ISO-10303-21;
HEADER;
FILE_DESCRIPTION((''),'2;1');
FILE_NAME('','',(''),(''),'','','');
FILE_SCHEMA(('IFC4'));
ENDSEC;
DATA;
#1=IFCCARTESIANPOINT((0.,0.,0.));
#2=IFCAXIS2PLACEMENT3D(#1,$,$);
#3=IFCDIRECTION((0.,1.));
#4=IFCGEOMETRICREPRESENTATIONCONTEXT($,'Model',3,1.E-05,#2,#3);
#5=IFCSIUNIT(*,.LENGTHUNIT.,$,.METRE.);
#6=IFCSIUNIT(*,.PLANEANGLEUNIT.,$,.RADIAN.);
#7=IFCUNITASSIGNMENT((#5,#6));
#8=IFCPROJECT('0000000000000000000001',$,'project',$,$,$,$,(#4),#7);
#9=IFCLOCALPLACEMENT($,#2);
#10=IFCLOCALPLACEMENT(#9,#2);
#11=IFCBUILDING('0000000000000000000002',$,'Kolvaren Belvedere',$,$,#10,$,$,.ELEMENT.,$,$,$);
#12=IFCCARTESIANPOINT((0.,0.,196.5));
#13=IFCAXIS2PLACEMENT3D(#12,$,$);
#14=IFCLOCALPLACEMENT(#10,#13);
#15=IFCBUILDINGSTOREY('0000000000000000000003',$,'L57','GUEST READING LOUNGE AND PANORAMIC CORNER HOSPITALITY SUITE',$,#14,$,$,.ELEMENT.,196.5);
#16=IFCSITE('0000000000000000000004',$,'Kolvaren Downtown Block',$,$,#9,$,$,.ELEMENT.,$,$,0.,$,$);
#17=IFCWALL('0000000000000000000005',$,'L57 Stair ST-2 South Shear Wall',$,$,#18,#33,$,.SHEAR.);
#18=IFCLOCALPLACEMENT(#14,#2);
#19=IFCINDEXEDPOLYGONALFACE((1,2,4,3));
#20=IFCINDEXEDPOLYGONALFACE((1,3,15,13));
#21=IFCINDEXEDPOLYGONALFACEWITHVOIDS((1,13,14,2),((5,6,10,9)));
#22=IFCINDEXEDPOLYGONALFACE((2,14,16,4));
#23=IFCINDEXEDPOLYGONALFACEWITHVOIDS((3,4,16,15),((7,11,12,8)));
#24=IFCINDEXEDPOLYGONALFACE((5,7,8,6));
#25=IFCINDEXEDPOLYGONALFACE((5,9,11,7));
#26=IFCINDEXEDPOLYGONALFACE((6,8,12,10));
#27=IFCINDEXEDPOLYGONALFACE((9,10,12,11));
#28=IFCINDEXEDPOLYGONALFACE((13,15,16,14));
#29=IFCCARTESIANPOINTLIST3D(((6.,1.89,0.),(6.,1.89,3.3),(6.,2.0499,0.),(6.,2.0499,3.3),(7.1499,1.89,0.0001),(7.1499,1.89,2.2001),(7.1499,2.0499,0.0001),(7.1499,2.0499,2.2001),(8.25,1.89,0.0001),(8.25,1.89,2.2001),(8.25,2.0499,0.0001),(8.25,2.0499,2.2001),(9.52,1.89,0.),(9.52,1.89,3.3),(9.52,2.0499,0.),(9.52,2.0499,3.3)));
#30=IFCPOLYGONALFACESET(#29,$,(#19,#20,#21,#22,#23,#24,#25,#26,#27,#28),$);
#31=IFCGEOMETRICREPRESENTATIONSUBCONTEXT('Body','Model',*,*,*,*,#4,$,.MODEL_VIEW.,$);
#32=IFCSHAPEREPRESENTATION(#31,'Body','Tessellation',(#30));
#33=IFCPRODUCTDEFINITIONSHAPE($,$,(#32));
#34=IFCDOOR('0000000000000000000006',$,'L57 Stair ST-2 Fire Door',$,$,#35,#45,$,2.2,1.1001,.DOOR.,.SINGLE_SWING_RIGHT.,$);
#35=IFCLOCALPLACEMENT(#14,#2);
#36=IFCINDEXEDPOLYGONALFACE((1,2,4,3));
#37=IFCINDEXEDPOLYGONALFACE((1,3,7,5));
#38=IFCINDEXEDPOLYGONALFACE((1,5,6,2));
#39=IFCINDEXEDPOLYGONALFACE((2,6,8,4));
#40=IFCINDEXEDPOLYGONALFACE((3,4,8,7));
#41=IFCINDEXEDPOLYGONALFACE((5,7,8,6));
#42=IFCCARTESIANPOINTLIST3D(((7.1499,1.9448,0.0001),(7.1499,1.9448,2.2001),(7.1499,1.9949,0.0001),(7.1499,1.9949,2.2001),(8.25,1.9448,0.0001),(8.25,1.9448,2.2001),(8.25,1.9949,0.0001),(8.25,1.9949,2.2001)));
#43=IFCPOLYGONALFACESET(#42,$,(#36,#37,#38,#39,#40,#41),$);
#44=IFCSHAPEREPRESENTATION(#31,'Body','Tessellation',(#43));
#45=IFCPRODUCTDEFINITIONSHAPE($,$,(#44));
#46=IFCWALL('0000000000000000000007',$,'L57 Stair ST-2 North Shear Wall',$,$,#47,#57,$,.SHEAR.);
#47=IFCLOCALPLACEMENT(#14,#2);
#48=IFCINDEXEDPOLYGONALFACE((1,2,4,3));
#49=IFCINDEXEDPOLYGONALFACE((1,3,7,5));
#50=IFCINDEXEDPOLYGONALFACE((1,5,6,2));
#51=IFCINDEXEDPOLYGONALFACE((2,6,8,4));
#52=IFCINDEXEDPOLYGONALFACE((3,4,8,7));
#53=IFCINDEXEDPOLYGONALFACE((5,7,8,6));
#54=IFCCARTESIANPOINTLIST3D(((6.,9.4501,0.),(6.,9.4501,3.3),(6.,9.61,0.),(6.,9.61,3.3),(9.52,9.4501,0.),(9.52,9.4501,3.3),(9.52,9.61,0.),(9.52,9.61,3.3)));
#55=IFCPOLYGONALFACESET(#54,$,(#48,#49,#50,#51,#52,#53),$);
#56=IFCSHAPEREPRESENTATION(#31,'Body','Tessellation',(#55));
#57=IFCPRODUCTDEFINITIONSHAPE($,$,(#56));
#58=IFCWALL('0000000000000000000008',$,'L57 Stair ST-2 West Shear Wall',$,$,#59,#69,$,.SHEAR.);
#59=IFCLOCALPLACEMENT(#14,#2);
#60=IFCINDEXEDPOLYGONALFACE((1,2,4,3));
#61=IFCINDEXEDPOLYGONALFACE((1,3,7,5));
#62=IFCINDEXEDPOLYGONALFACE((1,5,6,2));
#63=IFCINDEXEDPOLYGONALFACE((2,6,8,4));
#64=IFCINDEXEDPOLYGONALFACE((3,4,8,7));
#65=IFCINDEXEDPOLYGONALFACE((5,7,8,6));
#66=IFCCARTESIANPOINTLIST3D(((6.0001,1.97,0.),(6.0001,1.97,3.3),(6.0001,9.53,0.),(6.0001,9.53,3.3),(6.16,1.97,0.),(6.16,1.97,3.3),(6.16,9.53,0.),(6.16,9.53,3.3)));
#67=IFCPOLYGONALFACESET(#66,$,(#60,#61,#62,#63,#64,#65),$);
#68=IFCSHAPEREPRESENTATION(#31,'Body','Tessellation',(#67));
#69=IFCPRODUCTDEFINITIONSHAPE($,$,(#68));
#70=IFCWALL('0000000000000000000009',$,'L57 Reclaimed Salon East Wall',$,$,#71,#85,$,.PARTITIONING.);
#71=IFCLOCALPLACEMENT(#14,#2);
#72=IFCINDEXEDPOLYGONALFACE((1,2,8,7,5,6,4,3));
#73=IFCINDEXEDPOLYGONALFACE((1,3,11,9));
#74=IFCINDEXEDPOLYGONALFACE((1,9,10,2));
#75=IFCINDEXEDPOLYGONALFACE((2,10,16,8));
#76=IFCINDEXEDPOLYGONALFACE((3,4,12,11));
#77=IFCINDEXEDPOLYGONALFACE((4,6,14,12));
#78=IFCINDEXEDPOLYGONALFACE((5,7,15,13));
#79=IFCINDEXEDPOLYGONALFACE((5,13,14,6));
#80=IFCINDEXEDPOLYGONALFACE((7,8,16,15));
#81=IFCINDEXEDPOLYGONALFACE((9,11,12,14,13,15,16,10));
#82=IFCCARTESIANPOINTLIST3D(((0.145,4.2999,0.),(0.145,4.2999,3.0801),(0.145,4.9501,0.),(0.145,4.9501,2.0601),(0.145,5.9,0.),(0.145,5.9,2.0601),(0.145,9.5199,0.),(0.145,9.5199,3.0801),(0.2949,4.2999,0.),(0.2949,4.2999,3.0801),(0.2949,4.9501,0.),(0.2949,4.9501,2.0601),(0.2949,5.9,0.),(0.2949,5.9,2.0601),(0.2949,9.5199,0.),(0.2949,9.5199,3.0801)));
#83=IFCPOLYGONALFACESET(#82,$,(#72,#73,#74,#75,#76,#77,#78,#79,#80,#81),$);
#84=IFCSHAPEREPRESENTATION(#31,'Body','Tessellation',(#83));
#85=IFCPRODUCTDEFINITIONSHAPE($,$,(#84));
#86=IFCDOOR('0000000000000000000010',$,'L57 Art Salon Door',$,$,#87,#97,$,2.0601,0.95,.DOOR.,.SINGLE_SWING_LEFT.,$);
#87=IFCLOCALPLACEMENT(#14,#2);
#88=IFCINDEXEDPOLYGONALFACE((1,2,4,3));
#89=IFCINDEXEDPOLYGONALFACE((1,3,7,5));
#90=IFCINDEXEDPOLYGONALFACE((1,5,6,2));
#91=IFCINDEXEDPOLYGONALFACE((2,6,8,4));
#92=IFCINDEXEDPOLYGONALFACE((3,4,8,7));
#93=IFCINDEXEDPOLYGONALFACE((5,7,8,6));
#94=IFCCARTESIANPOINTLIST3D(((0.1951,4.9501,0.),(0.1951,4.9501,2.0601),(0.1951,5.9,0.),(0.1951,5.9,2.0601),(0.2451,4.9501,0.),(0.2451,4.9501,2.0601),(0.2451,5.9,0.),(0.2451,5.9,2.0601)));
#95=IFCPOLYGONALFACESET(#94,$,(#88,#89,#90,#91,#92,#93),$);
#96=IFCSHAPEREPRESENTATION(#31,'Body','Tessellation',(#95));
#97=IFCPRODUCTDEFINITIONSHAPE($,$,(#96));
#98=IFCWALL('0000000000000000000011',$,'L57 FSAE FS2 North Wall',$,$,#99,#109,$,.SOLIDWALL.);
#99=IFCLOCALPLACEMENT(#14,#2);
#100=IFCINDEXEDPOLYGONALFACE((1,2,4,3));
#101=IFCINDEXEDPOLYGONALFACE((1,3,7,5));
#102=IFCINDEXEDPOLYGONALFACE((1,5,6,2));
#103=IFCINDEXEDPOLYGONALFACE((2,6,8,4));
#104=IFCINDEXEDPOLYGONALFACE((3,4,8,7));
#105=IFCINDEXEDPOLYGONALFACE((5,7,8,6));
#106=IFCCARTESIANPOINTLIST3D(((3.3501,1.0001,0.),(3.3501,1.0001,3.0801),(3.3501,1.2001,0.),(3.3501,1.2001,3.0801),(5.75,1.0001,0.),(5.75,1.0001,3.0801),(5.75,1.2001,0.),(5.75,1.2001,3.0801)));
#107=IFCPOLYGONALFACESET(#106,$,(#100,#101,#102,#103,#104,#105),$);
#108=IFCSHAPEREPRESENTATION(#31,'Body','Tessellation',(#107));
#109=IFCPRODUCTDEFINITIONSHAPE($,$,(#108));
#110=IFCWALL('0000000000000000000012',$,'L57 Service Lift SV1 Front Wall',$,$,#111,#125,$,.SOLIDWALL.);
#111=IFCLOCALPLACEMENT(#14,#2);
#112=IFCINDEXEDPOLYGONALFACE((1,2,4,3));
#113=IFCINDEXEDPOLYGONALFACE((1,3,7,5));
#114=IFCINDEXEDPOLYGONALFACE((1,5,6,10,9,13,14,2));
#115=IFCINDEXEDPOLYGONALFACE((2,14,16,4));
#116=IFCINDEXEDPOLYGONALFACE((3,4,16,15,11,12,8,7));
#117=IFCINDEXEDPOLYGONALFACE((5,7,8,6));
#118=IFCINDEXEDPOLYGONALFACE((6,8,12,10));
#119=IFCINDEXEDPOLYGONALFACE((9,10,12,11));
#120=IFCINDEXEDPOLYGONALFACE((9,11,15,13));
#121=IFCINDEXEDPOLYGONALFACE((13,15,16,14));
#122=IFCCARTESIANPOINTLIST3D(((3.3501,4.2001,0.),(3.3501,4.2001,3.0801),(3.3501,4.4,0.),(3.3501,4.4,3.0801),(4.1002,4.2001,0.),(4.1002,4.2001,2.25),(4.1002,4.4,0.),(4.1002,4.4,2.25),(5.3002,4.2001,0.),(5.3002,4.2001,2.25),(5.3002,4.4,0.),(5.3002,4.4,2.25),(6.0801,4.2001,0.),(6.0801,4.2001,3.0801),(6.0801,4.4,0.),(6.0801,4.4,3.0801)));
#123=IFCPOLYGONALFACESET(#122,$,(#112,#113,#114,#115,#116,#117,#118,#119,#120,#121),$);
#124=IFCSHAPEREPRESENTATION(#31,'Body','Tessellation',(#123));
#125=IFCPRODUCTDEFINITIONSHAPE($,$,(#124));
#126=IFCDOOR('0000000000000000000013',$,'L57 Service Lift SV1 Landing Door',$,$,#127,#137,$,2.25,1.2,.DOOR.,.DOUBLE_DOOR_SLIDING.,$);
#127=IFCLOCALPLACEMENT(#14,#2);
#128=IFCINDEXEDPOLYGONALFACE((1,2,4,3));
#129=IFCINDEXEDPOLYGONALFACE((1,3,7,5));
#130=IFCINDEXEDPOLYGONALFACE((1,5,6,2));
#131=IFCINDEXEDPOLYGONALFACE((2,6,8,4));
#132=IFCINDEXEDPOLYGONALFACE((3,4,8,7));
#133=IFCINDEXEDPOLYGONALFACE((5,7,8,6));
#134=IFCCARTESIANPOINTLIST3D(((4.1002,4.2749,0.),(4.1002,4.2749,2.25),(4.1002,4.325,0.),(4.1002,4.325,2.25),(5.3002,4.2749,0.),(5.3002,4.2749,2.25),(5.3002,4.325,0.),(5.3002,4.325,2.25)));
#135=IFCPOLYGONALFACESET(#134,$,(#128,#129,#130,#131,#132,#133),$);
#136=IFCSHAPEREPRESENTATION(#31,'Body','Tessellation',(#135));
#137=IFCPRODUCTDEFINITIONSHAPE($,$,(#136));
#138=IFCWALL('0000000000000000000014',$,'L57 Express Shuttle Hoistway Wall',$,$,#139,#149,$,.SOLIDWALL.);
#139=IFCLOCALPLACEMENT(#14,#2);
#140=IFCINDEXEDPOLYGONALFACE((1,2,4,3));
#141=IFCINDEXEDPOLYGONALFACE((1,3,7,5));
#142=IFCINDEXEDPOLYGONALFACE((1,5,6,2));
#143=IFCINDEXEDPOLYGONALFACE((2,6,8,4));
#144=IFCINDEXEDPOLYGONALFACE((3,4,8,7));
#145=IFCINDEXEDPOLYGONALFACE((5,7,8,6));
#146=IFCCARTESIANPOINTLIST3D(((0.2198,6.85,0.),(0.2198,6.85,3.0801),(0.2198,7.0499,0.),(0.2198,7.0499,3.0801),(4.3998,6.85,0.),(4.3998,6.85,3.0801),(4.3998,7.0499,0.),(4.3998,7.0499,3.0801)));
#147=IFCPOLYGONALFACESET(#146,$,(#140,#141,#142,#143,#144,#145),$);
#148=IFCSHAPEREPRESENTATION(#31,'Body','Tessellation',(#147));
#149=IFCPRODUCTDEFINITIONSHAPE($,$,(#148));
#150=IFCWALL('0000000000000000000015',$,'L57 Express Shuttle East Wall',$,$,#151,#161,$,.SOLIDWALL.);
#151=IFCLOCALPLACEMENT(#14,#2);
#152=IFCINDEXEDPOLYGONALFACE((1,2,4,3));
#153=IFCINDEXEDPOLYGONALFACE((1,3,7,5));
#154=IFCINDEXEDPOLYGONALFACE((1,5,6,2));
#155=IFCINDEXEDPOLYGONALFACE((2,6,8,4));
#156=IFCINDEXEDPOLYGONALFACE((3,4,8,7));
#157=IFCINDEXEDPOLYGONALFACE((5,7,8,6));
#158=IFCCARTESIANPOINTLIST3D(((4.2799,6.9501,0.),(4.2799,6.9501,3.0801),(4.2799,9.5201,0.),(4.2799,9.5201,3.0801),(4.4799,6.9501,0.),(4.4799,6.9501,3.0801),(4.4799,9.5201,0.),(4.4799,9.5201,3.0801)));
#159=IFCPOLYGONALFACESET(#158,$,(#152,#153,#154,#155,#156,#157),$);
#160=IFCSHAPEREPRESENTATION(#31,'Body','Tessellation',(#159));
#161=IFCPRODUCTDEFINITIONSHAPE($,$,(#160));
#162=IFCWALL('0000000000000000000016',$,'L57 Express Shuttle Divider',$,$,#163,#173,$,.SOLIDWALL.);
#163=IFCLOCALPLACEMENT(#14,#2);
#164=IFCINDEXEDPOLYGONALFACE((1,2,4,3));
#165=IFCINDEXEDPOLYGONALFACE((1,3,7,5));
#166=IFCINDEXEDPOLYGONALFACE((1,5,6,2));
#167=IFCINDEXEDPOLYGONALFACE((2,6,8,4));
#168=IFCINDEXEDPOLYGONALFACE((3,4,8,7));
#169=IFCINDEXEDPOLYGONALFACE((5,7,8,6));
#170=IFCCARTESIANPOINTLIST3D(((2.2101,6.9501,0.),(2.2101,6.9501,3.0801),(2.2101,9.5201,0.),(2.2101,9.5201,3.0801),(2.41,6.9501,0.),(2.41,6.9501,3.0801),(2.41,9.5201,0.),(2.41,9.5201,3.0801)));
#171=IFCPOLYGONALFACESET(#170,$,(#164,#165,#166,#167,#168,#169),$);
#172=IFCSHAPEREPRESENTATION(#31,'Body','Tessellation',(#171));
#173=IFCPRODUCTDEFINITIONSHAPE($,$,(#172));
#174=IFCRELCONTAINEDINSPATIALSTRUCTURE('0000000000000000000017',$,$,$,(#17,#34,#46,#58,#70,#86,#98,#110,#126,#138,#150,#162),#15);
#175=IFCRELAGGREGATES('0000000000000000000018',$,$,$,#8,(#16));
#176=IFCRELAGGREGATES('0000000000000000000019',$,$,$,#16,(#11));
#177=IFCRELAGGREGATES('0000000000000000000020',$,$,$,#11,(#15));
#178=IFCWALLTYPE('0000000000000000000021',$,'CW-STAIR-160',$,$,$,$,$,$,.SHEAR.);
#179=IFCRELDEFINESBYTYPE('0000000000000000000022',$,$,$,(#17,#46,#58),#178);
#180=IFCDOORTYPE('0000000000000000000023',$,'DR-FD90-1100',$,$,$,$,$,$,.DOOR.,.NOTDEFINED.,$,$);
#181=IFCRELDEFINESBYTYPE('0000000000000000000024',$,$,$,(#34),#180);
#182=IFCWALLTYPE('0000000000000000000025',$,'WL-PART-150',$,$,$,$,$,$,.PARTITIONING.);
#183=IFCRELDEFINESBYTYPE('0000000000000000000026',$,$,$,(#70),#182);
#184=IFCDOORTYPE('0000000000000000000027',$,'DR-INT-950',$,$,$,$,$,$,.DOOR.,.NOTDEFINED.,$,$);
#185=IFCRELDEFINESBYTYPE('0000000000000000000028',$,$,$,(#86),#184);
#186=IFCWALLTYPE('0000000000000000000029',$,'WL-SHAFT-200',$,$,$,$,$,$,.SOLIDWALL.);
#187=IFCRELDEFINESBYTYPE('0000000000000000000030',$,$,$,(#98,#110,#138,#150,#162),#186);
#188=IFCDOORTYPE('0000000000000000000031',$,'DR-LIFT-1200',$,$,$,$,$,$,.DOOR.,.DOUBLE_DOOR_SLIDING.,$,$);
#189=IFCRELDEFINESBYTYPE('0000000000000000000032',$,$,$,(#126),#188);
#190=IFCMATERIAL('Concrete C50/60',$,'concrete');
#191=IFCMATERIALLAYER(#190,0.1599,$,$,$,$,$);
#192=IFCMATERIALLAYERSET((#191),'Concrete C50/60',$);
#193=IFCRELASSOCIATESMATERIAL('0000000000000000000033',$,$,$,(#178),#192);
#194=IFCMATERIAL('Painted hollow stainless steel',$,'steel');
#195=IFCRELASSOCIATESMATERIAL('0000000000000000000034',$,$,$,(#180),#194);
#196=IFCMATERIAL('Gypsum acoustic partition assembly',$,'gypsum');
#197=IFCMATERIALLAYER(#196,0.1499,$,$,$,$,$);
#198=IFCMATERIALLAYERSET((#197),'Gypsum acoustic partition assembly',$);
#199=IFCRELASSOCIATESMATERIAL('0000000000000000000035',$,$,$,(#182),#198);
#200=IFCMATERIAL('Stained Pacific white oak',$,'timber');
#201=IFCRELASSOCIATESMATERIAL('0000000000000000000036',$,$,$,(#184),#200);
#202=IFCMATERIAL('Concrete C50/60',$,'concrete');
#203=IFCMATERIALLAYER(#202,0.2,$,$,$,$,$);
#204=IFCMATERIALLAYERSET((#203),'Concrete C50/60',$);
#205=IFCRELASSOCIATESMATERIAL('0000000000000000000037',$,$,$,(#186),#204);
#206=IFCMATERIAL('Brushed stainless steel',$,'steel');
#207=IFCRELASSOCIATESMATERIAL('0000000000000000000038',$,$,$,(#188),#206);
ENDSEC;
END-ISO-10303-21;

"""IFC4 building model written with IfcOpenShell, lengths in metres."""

from ifc_helpers import new_model, si_unit, direction, frame, frame_2d, origin, place, context, subcontext, project, spatial, rectangle, extrude, material, layer, layer_set, type_object, element, fill, save


model = new_model("IFC4")

# Units and contexts
model_context = context("Model", 3, precision=1e-05, world=origin(), true_north=direction((0.0, 1.0)))
body_context = subcontext(model_context, "Body", "Model", "MODEL_VIEW")
ifc_project = project(units=[si_unit("LENGTHUNIT", "METRE"), si_unit("PLANEANGLEUNIT", "RADIAN")], contexts=[model_context])

# Site, building, storey
site_placement = place(None, origin())
site = spatial("IfcSite", under=ifc_project, at=site_placement, Name="Kolvaren Downtown Block", CompositionType="ELEMENT", RefElevation=0.0)
building_placement = place(site_placement, origin())
building = spatial("IfcBuilding", under=site, at=building_placement, Name="Kolvaren Belvedere", CompositionType="ELEMENT")
storey_placement = place(building_placement, frame((0.0, 0.0, 196.5)))
storey = spatial("IfcBuildingStorey", under=building, at=storey_placement, Name="L57", Description="GUEST READING LOUNGE AND PANORAMIC CORNER HOSPITALITY SUITE", CompositionType="ELEMENT", Elevation=196.5)

# Wall, opening, door
ifc_material_1 = material(Name="Concrete C50/60", Category="concrete")
ifc_layer_1 = layer(ifc_material_1, 0.1599)
ifc_layer_set_1 = layer_set([ifc_layer_1], Name="Concrete C50/60")
wall_type_1 = type_object("IfcWallType", Name="CW-STAIR-160", PredefinedType="SHEAR", material=ifc_layer_set_1)
wall_1_placement = place(storey_placement, frame((6.0, 1.97, 0.0), z_axis=(0.0, 0.0, 1.0), x_axis=(1.0, 0.0, 0.0)))
wall_1 = element("IfcWall", 1, at=wall_1_placement, inside=storey, type_object=wall_type_1, Name="L57 Stair ST-2 South Shear Wall", PredefinedType="SHEAR", context=body_context, shape_type="SweptSolid", body=[
    extrude(rectangle(XDim=3.52, YDim=0.1599, at=frame_2d((1.76, 0.0))), origin(), (0.0, 0.0, 1.0), 3.3),
])
opening_1_placement = place(wall_1_placement, frame((1.1499, 0.0, 0.0)))
opening_1 = element("IfcOpeningElement", 2, at=opening_1_placement, cuts=wall_1, PredefinedType="OPENING", context=body_context, shape_type="SweptSolid", body=[
    extrude(rectangle(XDim=1.1001, YDim=2.2, at=frame_2d((0.55, 1.1001))), frame((0.0, 0.0898, 0.0), z_axis=(0.0, -1.0, 0.0), x_axis=(1.0, 0.0, 0.0)), (0.0, 0.0, 1.0), 0.1799),
])
ifc_material_2 = material(Name="Painted hollow stainless steel", Category="steel")
door_type_1 = type_object("IfcDoorType", Name="DR-FD90-1100", OperationType="NOTDEFINED", PredefinedType="DOOR", material=ifc_material_2)
door_1_placement = place(opening_1_placement, origin())
door_1 = element("IfcDoor", 3, at=door_1_placement, inside=storey, type_object=door_type_1, Name="L57 Stair ST-2 Fire Door", OperationType="SINGLE_SWING_RIGHT", OverallHeight=2.2, OverallWidth=1.1001, PredefinedType="DOOR", context=body_context, shape_type="SweptSolid", body=[
    extrude(rectangle(XDim=1.1001, YDim=2.2, at=frame_2d((0.55, 1.1001))), frame((0.0, 0.0249, 0.0), z_axis=(0.0, -1.0, 0.0), x_axis=(1.0, 0.0, 0.0)), (0.0, 0.0, 1.0), 0.05),
])
fill(opening_1, door_1)

# Walls
wall_2_placement = place(storey_placement, frame((6.0, 9.53, 0.0), z_axis=(0.0, 0.0, 1.0), x_axis=(1.0, 0.0, 0.0)))
element("IfcWall", 4, at=wall_2_placement, inside=storey, type_object=wall_type_1, Name="L57 Stair ST-2 North Shear Wall", PredefinedType="SHEAR", context=body_context, shape_type="SweptSolid", body=[
    extrude(rectangle(XDim=3.52, YDim=0.1599, at=frame_2d((1.76, 0.0))), origin(), (0.0, 0.0, 1.0), 3.3),
])
wall_3_placement = place(storey_placement, frame((6.0801, 1.97, 0.0), z_axis=(0.0, 0.0, 1.0), x_axis=(0.0, 1.0, 0.0)))
element("IfcWall", 5, at=wall_3_placement, inside=storey, type_object=wall_type_1, Name="L57 Stair ST-2 West Shear Wall", PredefinedType="SHEAR", context=body_context, shape_type="SweptSolid", body=[
    extrude(rectangle(XDim=7.5601, YDim=0.1599, at=frame_2d((3.78, 0.0))), origin(), (0.0, 0.0, 1.0), 3.3),
])

# Wall, opening, door
ifc_material_3 = material(Name="Gypsum acoustic partition assembly", Category="gypsum")
ifc_layer_2 = layer(ifc_material_3, 0.1499)
ifc_layer_set_2 = layer_set([ifc_layer_2], Name="Gypsum acoustic partition assembly")
wall_type_2 = type_object("IfcWallType", Name="WL-PART-150", PredefinedType="PARTITIONING", material=ifc_layer_set_2)
wall_4_placement = place(storey_placement, frame((0.22, 4.3, 0.0), z_axis=(0.0, 0.0, 1.0), x_axis=(0.0, 1.0, 0.0)))
wall_4 = element("IfcWall", 6, at=wall_4_placement, inside=storey, type_object=wall_type_2, Name="L57 Reclaimed Salon East Wall", PredefinedType="PARTITIONING", context=body_context, shape_type="SweptSolid", body=[
    extrude(rectangle(XDim=5.22, YDim=0.1499, at=frame_2d((2.6099, 0.0))), origin(), (0.0, 0.0, 1.0), 3.0801),
])
opening_2_placement = place(wall_4_placement, frame((0.6499, 0.0, 0.0)))
opening_2 = element("IfcOpeningElement", 7, at=opening_2_placement, cuts=wall_4, PredefinedType="OPENING", context=body_context, shape_type="SweptSolid", body=[
    extrude(rectangle(XDim=0.95, YDim=2.0601, at=frame_2d((0.4751, 1.03))), frame((0.0, 0.085, 0.0), z_axis=(0.0, -1.0, 0.0), x_axis=(1.0, 0.0, 0.0)), (0.0, 0.0, 1.0), 0.1699),
])
ifc_material_4 = material(Name="Stained Pacific white oak", Category="timber")
door_type_2 = type_object("IfcDoorType", Name="DR-INT-950", OperationType="NOTDEFINED", PredefinedType="DOOR", material=ifc_material_4)
door_2_placement = place(opening_2_placement, origin())
door_2 = element("IfcDoor", 8, at=door_2_placement, inside=storey, type_object=door_type_2, Name="L57 Art Salon Door", OperationType="SINGLE_SWING_LEFT", OverallHeight=2.0601, OverallWidth=0.95, PredefinedType="DOOR", context=body_context, shape_type="SweptSolid", body=[
    extrude(rectangle(XDim=0.95, YDim=2.0601, at=frame_2d((0.4751, 1.03))), frame((0.0, 0.0249, 0.0), z_axis=(0.0, -1.0, 0.0), x_axis=(1.0, 0.0, 0.0)), (0.0, 0.0, 1.0), 0.05),
])
fill(opening_2, door_2)

# Wall
ifc_material_5 = material(Name="Concrete C50/60", Category="concrete")
ifc_layer_3 = layer(ifc_material_5, 0.2)
ifc_layer_set_3 = layer_set([ifc_layer_3], Name="Concrete C50/60")
wall_type_3 = type_object("IfcWallType", Name="WL-SHAFT-200", PredefinedType="SOLIDWALL", material=ifc_layer_set_3)
wall_5_placement = place(storey_placement, frame((3.3501, 1.1001, 0.0), z_axis=(0.0, 0.0, 1.0), x_axis=(1.0, 0.0, 0.0)))
element("IfcWall", 9, at=wall_5_placement, inside=storey, type_object=wall_type_3, Name="L57 FSAE FS2 North Wall", PredefinedType="SOLIDWALL", context=body_context, shape_type="SweptSolid", body=[
    extrude(rectangle(XDim=2.3999, YDim=0.2, at=frame_2d((1.2, 0.0))), origin(), (0.0, 0.0, 1.0), 3.0801),
])

# Wall, opening, door
wall_6_placement = place(storey_placement, frame((3.3501, 4.3, 0.0), z_axis=(0.0, 0.0, 1.0), x_axis=(1.0, 0.0, 0.0)))
wall_6 = element("IfcWall", 10, at=wall_6_placement, inside=storey, type_object=wall_type_3, Name="L57 Service Lift SV1 Front Wall", PredefinedType="SOLIDWALL", context=body_context, shape_type="SweptSolid", body=[
    extrude(rectangle(XDim=2.73, YDim=0.2, at=frame_2d((1.365, 0.0))), origin(), (0.0, 0.0, 1.0), 3.0801),
])
opening_3_placement = place(wall_6_placement, frame((0.75, 0.0, 0.0)))
opening_3 = element("IfcOpeningElement", 11, at=opening_3_placement, cuts=wall_6, PredefinedType="OPENING", context=body_context, shape_type="SweptSolid", body=[
    extrude(rectangle(XDim=1.2, YDim=2.25, at=frame_2d((0.6001, 1.125))), frame((0.0, 0.1099, 0.0), z_axis=(0.0, -1.0, 0.0), x_axis=(1.0, 0.0, 0.0)), (0.0, 0.0, 1.0), 0.22),
])
ifc_material_6 = material(Name="Brushed stainless steel", Category="steel")
door_type_3 = type_object("IfcDoorType", Name="DR-LIFT-1200", OperationType="DOUBLE_DOOR_SLIDING", PredefinedType="DOOR", material=ifc_material_6)
door_3_placement = place(opening_3_placement, origin())
door_3 = element("IfcDoor", 12, at=door_3_placement, inside=storey, type_object=door_type_3, Name="L57 Service Lift SV1 Landing Door", OperationType="DOUBLE_DOOR_SLIDING", OverallHeight=2.25, OverallWidth=1.2, PredefinedType="DOOR", context=body_context, shape_type="SweptSolid", body=[
    extrude(rectangle(XDim=1.2, YDim=2.25, at=frame_2d((0.6001, 1.125))), frame((0.0, 0.0249, 0.0), z_axis=(0.0, -1.0, 0.0), x_axis=(1.0, 0.0, 0.0)), (0.0, 0.0, 1.0), 0.05),
])
fill(opening_3, door_3)

# Walls
wall_7_placement = place(storey_placement, frame((0.22, 6.95, 0.0), z_axis=(0.0, 0.0, 1.0), x_axis=(1.0, 0.0, 0.0)))
element("IfcWall", 13, at=wall_7_placement, inside=storey, type_object=wall_type_3, Name="L57 Express Shuttle Hoistway Wall", PredefinedType="SOLIDWALL", context=body_context, shape_type="SweptSolid", body=[
    extrude(rectangle(XDim=4.1799, YDim=0.2, at=frame_2d((2.0898, 0.0))), origin(), (0.0, 0.0, 1.0), 3.0801),
])
for number, where, z_axis, x_axis, name in (
    (14, (4.3799, 6.95, 0.0), (0.0, 0.0, 1.0), (0.0, 1.0, 0.0), "L57 Express Shuttle East Wall"),
    (15, (2.3101, 6.95, 0.0), (0.0, 0.0, 1.0), (0.0, 1.0, 0.0), "L57 Express Shuttle Divider"),
):
    element("IfcWall", number, at=place(storey_placement, frame(where, z_axis=z_axis, x_axis=x_axis)), inside=storey, type_object=wall_type_3, Name=name, PredefinedType="SOLIDWALL", context=body_context, shape_type="SweptSolid", body=[
        extrude(rectangle(XDim=2.5701, YDim=0.2, at=frame_2d((1.2852, 0.0))), origin(), (0.0, 0.0, 1.0), 3.0801),
    ])

save(model, "model.ifc")
